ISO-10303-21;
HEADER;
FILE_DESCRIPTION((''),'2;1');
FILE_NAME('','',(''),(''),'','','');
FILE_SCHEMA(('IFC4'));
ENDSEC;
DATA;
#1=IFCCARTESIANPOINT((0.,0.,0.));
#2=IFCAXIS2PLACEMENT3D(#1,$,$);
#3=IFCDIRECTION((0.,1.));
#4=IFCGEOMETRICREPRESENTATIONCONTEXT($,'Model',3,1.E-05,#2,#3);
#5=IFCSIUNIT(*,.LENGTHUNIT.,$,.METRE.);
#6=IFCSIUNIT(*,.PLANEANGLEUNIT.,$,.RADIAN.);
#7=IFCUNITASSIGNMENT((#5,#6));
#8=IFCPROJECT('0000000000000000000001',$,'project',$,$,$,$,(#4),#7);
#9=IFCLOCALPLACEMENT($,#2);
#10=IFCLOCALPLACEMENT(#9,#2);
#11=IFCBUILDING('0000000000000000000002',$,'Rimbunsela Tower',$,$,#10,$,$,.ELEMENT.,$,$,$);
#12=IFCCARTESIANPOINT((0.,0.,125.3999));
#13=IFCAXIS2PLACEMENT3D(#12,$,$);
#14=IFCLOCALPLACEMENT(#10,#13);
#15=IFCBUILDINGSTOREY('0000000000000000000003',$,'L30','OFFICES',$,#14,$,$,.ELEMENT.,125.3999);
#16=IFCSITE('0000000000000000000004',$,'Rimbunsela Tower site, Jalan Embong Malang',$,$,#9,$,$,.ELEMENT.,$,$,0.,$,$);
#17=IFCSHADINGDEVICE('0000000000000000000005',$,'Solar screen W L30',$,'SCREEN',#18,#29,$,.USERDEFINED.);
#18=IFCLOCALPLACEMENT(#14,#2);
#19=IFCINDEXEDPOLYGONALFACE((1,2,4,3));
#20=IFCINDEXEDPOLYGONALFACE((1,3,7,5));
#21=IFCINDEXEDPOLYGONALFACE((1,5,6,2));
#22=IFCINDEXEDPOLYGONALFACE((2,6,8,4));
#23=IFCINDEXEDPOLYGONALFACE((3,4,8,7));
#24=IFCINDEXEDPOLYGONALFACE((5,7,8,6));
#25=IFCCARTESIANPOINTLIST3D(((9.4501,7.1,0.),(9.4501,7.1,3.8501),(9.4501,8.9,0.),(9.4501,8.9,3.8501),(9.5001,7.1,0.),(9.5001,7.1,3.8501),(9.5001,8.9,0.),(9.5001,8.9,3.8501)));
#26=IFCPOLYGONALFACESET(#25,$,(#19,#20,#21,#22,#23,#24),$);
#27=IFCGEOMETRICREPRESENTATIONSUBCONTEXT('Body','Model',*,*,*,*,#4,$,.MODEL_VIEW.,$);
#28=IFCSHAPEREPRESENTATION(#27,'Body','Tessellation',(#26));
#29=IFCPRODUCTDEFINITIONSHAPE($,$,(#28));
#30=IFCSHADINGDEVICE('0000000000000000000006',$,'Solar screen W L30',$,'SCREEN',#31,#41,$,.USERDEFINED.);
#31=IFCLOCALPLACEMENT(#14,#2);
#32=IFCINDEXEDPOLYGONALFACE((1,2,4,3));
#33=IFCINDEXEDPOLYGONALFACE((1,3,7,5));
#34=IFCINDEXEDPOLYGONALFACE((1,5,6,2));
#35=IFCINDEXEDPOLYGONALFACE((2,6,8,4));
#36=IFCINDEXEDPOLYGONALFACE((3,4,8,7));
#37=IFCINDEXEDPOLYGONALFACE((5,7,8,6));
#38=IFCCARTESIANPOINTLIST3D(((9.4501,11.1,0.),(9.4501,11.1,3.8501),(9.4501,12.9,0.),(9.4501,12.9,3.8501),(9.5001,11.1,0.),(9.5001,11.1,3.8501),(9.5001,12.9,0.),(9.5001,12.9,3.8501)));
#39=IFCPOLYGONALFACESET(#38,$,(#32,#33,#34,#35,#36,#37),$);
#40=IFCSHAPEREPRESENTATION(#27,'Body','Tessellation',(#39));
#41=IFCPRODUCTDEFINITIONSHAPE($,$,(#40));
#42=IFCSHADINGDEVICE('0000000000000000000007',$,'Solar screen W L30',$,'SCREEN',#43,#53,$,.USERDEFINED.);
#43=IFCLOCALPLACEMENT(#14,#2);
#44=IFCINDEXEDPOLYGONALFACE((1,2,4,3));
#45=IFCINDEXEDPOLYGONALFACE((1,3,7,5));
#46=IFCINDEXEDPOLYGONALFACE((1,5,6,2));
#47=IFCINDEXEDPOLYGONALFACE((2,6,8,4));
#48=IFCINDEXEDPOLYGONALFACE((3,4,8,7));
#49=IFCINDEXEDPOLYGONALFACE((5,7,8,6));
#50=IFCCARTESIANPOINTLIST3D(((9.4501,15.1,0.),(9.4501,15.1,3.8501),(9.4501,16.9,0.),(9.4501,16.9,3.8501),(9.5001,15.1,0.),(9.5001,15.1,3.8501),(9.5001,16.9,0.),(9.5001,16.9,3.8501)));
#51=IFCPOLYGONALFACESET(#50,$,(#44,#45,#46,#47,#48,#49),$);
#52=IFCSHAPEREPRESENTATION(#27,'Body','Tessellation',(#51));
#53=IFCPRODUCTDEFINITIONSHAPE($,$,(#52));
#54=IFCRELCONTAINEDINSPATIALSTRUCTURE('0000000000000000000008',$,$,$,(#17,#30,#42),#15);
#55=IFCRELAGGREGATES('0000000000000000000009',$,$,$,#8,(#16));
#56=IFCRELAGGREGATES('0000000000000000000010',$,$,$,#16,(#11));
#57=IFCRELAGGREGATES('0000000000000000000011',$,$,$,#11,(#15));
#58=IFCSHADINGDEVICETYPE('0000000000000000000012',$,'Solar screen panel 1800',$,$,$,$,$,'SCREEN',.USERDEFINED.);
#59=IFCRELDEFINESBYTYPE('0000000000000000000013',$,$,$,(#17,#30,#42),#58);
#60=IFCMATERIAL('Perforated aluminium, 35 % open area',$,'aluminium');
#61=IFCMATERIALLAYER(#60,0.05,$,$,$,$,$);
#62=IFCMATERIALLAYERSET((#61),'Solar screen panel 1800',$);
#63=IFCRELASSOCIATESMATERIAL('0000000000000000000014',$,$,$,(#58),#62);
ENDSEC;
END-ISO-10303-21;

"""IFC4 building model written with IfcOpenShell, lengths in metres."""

from ifc_helpers import new_model, si_unit, direction, frame, origin, origin_2d, place, context, subcontext, project, spatial, rectangle, extrude, material, layer, layer_set, type_object, element, save


model = new_model("IFC4")

# Units and contexts
model_context = context("Model", 3, precision=1e-05, world=origin(), true_north=direction((0.0, 1.0)))
body_context = subcontext(model_context, "Body", "Model", "MODEL_VIEW")
ifc_project = project(units=[si_unit("LENGTHUNIT", "METRE"), si_unit("PLANEANGLEUNIT", "RADIAN")], contexts=[model_context])

# Site, building, storey
site_placement = place(None, origin())
site = spatial("IfcSite", under=ifc_project, at=site_placement, Name="Rimbunsela Tower site, Jalan Embong Malang", CompositionType="ELEMENT", RefElevation=0.0)
building_placement = place(site_placement, origin())
building = spatial("IfcBuilding", under=site, at=building_placement, Name="Rimbunsela Tower", CompositionType="ELEMENT")
storey_placement = place(building_placement, frame((0.0, 0.0, 125.3999)))
storey = spatial("IfcBuildingStorey", under=building, at=storey_placement, Name="L30", Description="OFFICES", CompositionType="ELEMENT", Elevation=125.3999)

# Shading devices
ifc_material_1 = material(Name="Perforated aluminium, 35 % open area", Category="aluminium")
ifc_layer_1 = layer(ifc_material_1, 0.05)
ifc_layer_set_1 = layer_set([ifc_layer_1], Name="Solar screen panel 1800")
shading_device_type = type_object("IfcShadingDeviceType", Name="Solar screen panel 1800", ElementType="SCREEN", PredefinedType="USERDEFINED", material=ifc_layer_set_1)
for number, where, z_axis, x_axis, name in (
    (1, (9.4751, 8.0, 0.0), (0.0, 0.0, 1.0), (0.0, 1.0, 0.0), "Solar screen W L30"),
    (2, (9.4751, 12.0, 0.0), (0.0, 0.0, 1.0), (0.0, 1.0, 0.0), "Solar screen W L30"),
    (3, (9.4751, 16.0, 0.0), (0.0, 0.0, 1.0), (0.0, 1.0, 0.0), "Solar screen W L30"),
):
    element("IfcShadingDevice", number, at=place(storey_placement, frame(where, z_axis=z_axis, x_axis=x_axis)), inside=storey, type_object=shading_device_type, Name=name, ObjectType="SCREEN", PredefinedType="USERDEFINED", context=body_context, shape_type="SweptSolid", body=[
        extrude(rectangle(XDim=1.8, YDim=0.05, at=origin_2d()), origin(), (0.0, 0.0, 1.0), 3.8501),
    ])

save(model, "model.ifc")
